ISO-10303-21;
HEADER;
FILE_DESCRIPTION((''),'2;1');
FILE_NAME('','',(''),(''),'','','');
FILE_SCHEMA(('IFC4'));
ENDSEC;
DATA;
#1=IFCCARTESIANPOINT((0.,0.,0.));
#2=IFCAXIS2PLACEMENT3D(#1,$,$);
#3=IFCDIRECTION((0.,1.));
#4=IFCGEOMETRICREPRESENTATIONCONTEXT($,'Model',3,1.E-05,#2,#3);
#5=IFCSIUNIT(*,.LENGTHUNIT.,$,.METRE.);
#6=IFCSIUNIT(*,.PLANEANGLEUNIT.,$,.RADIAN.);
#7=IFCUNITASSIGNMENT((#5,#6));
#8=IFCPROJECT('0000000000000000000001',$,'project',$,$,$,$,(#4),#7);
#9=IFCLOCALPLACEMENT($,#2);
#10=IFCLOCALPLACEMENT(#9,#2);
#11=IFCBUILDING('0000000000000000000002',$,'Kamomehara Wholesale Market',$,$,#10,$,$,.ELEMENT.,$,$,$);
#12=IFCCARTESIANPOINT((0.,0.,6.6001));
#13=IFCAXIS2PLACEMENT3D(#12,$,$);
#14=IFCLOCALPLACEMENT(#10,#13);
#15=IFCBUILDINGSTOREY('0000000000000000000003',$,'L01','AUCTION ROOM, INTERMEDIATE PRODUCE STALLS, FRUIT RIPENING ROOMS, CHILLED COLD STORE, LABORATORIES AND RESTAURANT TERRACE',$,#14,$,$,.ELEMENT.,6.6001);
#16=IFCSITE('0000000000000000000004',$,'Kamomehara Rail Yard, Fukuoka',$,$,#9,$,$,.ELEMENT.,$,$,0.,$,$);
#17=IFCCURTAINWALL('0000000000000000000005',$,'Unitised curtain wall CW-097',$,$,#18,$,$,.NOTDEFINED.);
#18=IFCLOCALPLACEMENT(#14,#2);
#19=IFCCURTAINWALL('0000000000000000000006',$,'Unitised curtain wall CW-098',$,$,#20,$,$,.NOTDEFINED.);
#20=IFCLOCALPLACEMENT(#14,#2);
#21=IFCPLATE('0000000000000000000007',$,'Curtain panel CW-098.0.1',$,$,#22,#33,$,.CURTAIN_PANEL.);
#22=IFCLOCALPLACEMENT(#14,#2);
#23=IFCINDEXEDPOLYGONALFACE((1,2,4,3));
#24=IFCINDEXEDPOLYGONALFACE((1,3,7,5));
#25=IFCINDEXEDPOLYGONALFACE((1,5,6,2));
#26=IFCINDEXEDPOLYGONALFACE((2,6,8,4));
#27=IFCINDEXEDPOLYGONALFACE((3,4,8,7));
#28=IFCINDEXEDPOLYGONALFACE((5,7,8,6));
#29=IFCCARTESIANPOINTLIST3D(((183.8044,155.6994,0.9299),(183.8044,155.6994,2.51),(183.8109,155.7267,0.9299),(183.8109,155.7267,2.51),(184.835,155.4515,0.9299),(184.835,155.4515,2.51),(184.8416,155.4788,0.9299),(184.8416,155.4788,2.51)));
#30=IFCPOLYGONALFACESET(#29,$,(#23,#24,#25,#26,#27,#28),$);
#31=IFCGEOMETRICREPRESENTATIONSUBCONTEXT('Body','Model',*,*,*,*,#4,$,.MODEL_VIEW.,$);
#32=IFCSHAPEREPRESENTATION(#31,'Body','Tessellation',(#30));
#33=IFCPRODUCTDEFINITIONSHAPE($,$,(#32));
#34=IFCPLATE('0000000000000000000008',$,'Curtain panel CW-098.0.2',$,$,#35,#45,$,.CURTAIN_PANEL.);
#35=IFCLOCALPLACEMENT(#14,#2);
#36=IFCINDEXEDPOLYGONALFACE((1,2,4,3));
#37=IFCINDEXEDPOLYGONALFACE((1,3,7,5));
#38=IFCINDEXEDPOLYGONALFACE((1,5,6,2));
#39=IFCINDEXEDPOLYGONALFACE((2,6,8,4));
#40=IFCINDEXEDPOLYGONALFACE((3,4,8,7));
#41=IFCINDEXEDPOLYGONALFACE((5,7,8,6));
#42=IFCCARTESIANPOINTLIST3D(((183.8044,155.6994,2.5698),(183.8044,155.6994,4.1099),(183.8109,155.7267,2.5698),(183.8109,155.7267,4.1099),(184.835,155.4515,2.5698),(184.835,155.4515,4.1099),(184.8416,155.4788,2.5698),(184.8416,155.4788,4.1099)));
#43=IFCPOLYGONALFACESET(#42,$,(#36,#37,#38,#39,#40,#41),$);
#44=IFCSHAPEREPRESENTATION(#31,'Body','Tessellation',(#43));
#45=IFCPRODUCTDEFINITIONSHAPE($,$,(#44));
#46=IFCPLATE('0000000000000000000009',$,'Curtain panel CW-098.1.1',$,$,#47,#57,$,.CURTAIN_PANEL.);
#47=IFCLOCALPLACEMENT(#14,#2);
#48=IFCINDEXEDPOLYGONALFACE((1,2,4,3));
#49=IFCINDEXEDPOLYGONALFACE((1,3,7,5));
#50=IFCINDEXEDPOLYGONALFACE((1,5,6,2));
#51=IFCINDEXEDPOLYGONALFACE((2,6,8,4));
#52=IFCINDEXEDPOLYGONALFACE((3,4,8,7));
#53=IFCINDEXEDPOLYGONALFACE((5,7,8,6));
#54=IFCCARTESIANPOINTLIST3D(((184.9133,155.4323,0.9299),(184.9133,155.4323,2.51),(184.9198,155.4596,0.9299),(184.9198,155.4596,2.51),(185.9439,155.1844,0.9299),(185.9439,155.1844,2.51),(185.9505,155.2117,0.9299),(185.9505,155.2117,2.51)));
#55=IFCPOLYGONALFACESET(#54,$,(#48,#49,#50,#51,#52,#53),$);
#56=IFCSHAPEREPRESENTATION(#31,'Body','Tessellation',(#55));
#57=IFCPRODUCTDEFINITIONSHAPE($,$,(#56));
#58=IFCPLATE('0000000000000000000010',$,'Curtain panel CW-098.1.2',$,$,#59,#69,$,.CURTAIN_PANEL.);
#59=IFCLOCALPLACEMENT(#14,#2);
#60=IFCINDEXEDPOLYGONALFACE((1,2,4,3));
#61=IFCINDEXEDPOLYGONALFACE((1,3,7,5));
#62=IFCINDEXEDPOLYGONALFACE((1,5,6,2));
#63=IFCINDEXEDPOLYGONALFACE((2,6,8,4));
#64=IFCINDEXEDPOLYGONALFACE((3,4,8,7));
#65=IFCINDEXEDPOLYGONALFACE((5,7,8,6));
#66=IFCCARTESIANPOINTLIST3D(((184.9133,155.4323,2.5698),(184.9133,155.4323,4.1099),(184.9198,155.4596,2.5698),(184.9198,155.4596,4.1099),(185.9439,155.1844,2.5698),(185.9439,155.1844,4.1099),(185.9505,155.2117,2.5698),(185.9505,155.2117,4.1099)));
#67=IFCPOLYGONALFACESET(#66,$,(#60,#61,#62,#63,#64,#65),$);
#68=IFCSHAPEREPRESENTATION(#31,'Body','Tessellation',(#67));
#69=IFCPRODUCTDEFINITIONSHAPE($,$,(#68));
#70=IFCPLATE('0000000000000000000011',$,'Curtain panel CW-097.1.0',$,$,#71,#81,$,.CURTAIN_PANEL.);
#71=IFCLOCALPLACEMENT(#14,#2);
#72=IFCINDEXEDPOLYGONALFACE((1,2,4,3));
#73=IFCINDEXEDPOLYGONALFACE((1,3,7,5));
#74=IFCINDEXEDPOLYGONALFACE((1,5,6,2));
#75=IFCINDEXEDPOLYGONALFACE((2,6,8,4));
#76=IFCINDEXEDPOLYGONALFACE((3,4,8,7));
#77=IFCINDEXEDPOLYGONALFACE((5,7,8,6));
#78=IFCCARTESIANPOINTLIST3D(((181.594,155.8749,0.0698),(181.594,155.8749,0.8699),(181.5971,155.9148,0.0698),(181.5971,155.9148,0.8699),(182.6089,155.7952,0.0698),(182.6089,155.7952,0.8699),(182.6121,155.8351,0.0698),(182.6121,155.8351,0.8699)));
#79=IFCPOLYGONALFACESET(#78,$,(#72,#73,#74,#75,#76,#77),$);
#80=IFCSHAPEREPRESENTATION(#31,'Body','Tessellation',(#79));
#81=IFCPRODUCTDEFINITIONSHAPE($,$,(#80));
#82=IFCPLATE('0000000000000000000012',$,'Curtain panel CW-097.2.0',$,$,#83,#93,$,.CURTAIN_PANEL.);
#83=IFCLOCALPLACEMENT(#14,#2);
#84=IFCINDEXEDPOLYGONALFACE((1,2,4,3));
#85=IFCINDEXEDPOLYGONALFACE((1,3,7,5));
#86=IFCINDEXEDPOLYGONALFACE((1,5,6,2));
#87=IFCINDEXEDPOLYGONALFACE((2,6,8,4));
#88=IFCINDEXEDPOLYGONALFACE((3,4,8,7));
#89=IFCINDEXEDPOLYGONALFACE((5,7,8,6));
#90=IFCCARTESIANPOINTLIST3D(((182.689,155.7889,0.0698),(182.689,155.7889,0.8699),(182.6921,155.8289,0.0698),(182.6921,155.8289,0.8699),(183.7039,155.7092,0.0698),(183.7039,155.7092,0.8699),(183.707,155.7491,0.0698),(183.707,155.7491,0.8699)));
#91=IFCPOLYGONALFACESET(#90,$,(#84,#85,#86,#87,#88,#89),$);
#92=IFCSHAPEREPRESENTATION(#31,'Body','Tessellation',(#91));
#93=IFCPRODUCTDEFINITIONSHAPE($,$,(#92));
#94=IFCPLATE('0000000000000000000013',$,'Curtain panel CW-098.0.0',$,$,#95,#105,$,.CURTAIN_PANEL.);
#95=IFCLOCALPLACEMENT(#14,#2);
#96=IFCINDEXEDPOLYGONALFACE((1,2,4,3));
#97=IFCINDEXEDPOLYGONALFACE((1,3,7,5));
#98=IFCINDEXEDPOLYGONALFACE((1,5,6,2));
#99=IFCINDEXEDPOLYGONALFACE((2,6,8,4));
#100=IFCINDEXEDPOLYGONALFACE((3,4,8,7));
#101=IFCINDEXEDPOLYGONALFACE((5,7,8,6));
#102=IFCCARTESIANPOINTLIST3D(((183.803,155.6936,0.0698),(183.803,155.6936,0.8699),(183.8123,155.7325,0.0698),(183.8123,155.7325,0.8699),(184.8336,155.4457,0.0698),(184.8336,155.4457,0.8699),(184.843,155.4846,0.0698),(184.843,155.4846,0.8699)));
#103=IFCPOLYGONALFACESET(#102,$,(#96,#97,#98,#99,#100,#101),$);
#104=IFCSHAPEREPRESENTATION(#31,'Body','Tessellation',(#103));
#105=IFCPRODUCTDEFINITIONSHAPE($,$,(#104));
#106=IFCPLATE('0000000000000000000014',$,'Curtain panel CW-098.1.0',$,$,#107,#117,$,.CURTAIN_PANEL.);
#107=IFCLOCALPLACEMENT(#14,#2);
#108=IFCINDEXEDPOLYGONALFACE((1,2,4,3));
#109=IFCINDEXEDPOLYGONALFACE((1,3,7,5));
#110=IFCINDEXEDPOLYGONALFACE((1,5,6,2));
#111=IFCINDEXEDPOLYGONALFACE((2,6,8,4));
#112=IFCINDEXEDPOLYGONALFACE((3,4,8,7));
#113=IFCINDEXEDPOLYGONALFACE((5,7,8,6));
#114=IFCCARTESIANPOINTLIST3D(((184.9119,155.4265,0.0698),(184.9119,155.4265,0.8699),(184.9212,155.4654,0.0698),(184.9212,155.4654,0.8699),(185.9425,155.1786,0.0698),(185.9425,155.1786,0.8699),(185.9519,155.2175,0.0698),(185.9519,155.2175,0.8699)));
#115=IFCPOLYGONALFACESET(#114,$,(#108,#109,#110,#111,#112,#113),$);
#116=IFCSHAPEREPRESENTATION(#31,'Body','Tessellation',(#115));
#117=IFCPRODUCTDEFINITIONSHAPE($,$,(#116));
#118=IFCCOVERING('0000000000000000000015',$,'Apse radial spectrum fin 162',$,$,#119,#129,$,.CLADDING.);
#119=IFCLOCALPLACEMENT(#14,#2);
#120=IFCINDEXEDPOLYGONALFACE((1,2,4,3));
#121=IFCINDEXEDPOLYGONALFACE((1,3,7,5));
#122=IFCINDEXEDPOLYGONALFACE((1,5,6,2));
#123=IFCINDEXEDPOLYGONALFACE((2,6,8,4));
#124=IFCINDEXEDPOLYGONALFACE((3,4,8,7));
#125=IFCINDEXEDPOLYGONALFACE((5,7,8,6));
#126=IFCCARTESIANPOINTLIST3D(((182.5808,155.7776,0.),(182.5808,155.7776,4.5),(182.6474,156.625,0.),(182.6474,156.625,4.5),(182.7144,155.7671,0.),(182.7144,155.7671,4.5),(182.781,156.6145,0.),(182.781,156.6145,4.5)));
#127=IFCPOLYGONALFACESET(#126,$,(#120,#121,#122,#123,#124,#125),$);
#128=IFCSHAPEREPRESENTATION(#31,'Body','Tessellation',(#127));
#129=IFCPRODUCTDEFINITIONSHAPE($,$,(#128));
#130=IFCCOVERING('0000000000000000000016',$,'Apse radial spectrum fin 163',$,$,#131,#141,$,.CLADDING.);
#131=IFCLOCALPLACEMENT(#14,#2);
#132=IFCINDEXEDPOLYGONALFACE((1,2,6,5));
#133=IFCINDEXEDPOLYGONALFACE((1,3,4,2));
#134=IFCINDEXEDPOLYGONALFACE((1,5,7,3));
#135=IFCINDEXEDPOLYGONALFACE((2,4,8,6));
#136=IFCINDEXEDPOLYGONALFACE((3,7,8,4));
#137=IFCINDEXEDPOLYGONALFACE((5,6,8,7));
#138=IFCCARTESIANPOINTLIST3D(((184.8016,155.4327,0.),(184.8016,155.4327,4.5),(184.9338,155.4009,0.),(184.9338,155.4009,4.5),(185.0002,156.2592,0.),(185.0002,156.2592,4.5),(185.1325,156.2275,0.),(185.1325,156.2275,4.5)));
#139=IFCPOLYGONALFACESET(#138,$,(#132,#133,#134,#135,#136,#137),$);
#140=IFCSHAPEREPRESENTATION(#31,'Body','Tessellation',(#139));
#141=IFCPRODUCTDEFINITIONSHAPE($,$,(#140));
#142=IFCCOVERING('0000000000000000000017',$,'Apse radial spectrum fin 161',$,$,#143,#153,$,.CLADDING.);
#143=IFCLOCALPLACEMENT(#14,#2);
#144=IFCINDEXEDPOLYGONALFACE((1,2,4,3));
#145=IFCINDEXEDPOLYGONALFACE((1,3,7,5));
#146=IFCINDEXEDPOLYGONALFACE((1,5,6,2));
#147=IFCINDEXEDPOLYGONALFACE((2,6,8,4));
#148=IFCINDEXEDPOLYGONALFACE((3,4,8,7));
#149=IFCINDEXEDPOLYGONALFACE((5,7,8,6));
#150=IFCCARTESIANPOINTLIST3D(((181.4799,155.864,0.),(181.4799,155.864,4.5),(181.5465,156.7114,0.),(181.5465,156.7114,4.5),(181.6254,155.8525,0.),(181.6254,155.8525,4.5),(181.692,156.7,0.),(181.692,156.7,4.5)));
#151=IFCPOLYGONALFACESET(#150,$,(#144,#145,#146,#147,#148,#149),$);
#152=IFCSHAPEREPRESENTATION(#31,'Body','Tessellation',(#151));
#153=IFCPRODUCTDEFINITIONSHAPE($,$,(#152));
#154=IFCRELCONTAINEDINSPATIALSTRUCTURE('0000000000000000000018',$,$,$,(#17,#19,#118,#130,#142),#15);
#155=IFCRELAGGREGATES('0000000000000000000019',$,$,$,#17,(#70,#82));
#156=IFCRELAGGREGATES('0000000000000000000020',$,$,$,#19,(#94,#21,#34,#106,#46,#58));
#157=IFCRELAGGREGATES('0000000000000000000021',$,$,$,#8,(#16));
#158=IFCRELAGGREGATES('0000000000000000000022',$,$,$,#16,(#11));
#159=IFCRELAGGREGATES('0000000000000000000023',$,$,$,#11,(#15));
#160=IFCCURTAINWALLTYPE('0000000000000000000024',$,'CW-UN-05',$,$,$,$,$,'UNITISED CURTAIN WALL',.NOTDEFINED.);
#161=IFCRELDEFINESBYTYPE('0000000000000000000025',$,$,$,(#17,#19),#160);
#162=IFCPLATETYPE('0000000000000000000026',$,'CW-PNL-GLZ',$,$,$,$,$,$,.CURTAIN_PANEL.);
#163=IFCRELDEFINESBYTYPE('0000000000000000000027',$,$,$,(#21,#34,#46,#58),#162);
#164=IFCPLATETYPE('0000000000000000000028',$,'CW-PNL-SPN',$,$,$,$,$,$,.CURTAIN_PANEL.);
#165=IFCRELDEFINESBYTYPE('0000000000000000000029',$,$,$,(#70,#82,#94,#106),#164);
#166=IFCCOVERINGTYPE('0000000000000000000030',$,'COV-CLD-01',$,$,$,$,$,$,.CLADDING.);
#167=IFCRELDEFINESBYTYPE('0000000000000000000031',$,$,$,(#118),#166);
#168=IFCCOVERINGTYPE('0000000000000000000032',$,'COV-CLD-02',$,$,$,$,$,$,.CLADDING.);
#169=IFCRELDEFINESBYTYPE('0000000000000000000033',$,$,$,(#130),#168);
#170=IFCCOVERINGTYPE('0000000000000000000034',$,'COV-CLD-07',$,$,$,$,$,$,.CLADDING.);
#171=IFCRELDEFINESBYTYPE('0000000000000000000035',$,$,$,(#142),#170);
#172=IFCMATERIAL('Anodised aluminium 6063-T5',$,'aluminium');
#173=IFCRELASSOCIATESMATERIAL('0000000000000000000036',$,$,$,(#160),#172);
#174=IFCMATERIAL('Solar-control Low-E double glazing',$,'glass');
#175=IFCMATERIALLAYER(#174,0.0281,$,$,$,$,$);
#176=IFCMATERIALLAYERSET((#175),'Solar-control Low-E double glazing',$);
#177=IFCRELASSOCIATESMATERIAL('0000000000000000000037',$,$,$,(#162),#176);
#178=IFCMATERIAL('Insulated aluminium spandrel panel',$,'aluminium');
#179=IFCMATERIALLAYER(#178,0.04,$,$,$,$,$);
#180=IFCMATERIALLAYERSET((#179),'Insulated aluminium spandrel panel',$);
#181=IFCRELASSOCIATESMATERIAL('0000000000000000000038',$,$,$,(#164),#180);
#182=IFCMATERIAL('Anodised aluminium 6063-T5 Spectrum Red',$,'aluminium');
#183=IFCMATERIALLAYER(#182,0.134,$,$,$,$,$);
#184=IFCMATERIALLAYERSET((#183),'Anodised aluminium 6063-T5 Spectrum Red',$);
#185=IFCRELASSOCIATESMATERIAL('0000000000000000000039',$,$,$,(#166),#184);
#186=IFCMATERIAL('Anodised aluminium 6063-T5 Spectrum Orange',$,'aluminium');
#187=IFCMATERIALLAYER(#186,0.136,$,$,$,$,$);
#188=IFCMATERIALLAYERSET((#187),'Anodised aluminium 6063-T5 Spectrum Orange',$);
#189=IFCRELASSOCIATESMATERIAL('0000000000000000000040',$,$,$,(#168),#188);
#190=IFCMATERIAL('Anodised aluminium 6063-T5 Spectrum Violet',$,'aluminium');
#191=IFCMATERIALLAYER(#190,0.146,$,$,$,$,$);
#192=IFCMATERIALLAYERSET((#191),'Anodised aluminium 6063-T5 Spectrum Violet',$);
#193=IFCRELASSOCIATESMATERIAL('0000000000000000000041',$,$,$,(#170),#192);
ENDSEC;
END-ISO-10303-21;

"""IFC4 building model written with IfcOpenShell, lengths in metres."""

from ifc_helpers import new_model, si_unit, direction, frame, origin, origin_2d, place, context, subcontext, project, spatial, rectangle, extrude, material, layer, layer_set, type_object, element, aggregate, save


model = new_model("IFC4")

# Units and contexts
model_context = context("Model", 3, precision=1e-05, world=origin(), true_north=direction((0.0, 1.0)))
body_context = subcontext(model_context, "Body", "Model", "MODEL_VIEW")
ifc_project = project(units=[si_unit("LENGTHUNIT", "METRE"), si_unit("PLANEANGLEUNIT", "RADIAN")], contexts=[model_context])

# Site, building, storey
site_placement = place(None, origin())
site = spatial("IfcSite", under=ifc_project, at=site_placement, Name="Kamomehara Rail Yard, Fukuoka", CompositionType="ELEMENT", RefElevation=0.0)
building_placement = place(site_placement, origin())
building = spatial("IfcBuilding", under=site, at=building_placement, Name="Kamomehara Wholesale Market", CompositionType="ELEMENT")
storey_placement = place(building_placement, frame((0.0, 0.0, 6.6001)))
storey = spatial("IfcBuildingStorey", under=building, at=storey_placement, Name="L01", Description="AUCTION ROOM, INTERMEDIATE PRODUCE STALLS, FRUIT RIPENING ROOMS, CHILLED COLD STORE, LABORATORIES AND RESTAURANT TERRACE", CompositionType="ELEMENT", Elevation=6.6001)

# Curtain walls
ifc_material_1 = material(Name="Anodised aluminium 6063-T5", Category="aluminium")
curtain_wall_type = type_object("IfcCurtainWallType", Name="CW-UN-05", ElementType="UNITISED CURTAIN WALL", PredefinedType="NOTDEFINED", material=ifc_material_1)
curtain_wall_1_placement = place(storey_placement, origin())
curtain_wall_1 = element("IfcCurtainWall", 1, at=curtain_wall_1_placement, inside=storey, type_object=curtain_wall_type, Name="Unitised curtain wall CW-097", PredefinedType="NOTDEFINED")
curtain_wall_2_placement = place(storey_placement, origin())
curtain_wall_2 = element("IfcCurtainWall", 2, at=curtain_wall_2_placement, inside=storey, type_object=curtain_wall_type, Name="Unitised curtain wall CW-098", PredefinedType="NOTDEFINED")

# Plates
ifc_material_2 = material(Name="Solar-control Low-E double glazing", Category="glass")
ifc_layer_1 = layer(ifc_material_2, 0.0281)
ifc_layer_set_1 = layer_set([ifc_layer_1], Name="Solar-control Low-E double glazing")
plate_type_1 = type_object("IfcPlateType", Name="CW-PNL-GLZ", PredefinedType="CURTAIN_PANEL", material=ifc_layer_set_1)
plate_1_placement = place(storey_placement, frame((184.323, 155.5891, 0.9299), z_axis=(0.0, 0.0, 1.0), x_axis=(0.972272, -0.233853, 0.0)))
plate_1 = element("IfcPlate", 3, at=plate_1_placement, type_object=plate_type_1, Name="Curtain panel CW-098.0.1", PredefinedType="CURTAIN_PANEL", context=body_context, shape_type="SweptSolid", body=[
    extrude(rectangle(XDim=1.0601, YDim=0.0281, at=origin_2d()), origin(), (0.0, 0.0, 1.0), 1.5801),
])
plate_2_placement = place(storey_placement, frame((184.323, 155.5891, 2.5698), z_axis=(0.0, 0.0, 1.0), x_axis=(0.972272, -0.233853, 0.0)))
plate_2 = element("IfcPlate", 4, at=plate_2_placement, type_object=plate_type_1, Name="Curtain panel CW-098.0.2", PredefinedType="CURTAIN_PANEL", context=body_context, shape_type="SweptSolid", body=[
    extrude(rectangle(XDim=1.0601, YDim=0.0281, at=origin_2d()), origin(), (0.0, 0.0, 1.0), 1.54),
])
plate_3_placement = place(storey_placement, frame((185.4319, 155.322, 0.9299), z_axis=(0.0, 0.0, 1.0), x_axis=(0.972272, -0.233853, 0.0)))
plate_3 = element("IfcPlate", 5, at=plate_3_placement, type_object=plate_type_1, Name="Curtain panel CW-098.1.1", PredefinedType="CURTAIN_PANEL", context=body_context, shape_type="SweptSolid", body=[
    extrude(rectangle(XDim=1.0601, YDim=0.0281, at=origin_2d()), origin(), (0.0, 0.0, 1.0), 1.5801),
])
plate_4_placement = place(storey_placement, frame((185.4319, 155.322, 2.5698), z_axis=(0.0, 0.0, 1.0), x_axis=(0.972272, -0.233853, 0.0)))
plate_4 = element("IfcPlate", 6, at=plate_4_placement, type_object=plate_type_1, Name="Curtain panel CW-098.1.2", PredefinedType="CURTAIN_PANEL", context=body_context, shape_type="SweptSolid", body=[
    extrude(rectangle(XDim=1.0601, YDim=0.0281, at=origin_2d()), origin(), (0.0, 0.0, 1.0), 1.54),
])
ifc_material_3 = material(Name="Insulated aluminium spandrel panel", Category="aluminium")
ifc_layer_2 = layer(ifc_material_3, 0.04)
ifc_layer_set_2 = layer_set([ifc_layer_2], Name="Insulated aluminium spandrel panel")
plate_type_2 = type_object("IfcPlateType", Name="CW-PNL-SPN", PredefinedType="CURTAIN_PANEL", material=ifc_layer_set_2)
plate_5_placement = place(storey_placement, frame((182.103, 155.855, 0.0698), z_axis=(0.0, 0.0, 1.0), x_axis=(0.99693, -0.078302, 0.0)))
plate_5 = element("IfcPlate", 7, at=plate_5_placement, type_object=plate_type_2, Name="Curtain panel CW-097.1.0", PredefinedType="CURTAIN_PANEL", context=body_context, shape_type="SweptSolid", body=[
    extrude(rectangle(XDim=1.0181, YDim=0.04, at=origin_2d()), origin(), (0.0, 0.0, 1.0), 0.8),
])
plate_6_placement = place(storey_placement, frame((183.198, 155.769, 0.0698), z_axis=(0.0, 0.0, 1.0), x_axis=(0.99693, -0.078302, 0.0)))
plate_6 = element("IfcPlate", 8, at=plate_6_placement, type_object=plate_type_2, Name="Curtain panel CW-097.2.0", PredefinedType="CURTAIN_PANEL", context=body_context, shape_type="SweptSolid", body=[
    extrude(rectangle(XDim=1.0181, YDim=0.04, at=origin_2d()), origin(), (0.0, 0.0, 1.0), 0.8),
])
aggregate(curtain_wall_1, [plate_5, plate_6])
plate_7_placement = place(storey_placement, frame((184.323, 155.5891, 0.0698), z_axis=(0.0, 0.0, 1.0), x_axis=(0.972272, -0.233853, 0.0)))
plate_7 = element("IfcPlate", 9, at=plate_7_placement, type_object=plate_type_2, Name="Curtain panel CW-098.0.0", PredefinedType="CURTAIN_PANEL", context=body_context, shape_type="SweptSolid", body=[
    extrude(rectangle(XDim=1.0601, YDim=0.04, at=origin_2d()), origin(), (0.0, 0.0, 1.0), 0.8),
])
plate_8_placement = place(storey_placement, frame((185.4319, 155.322, 0.0698), z_axis=(0.0, 0.0, 1.0), x_axis=(0.972272, -0.233853, 0.0)))
plate_8 = element("IfcPlate", 10, at=plate_8_placement, type_object=plate_type_2, Name="Curtain panel CW-098.1.0", PredefinedType="CURTAIN_PANEL", context=body_context, shape_type="SweptSolid", body=[
    extrude(rectangle(XDim=1.0601, YDim=0.04, at=origin_2d()), origin(), (0.0, 0.0, 1.0), 0.8),
])
aggregate(curtain_wall_2, [plate_7, plate_1, plate_2, plate_8, plate_3, plate_4])

# Coverings
ifc_material_4 = material(Name="Anodised aluminium 6063-T5 Spectrum Red", Category="aluminium")
ifc_layer_3 = layer(ifc_material_4, 0.134)
ifc_layer_set_3 = layer_set([ifc_layer_3], Name="Anodised aluminium 6063-T5 Spectrum Red")
covering_type_1 = type_object("IfcCoveringType", Name="COV-CLD-01", PredefinedType="CLADDING", material=ifc_layer_set_3)
covering_1_placement = place(storey_placement, frame((182.6809, 156.196, 0.0), z_axis=(0.0, 0.0, 1.0), x_axis=(0.996927, -0.078337, 0.0)))
element("IfcCovering", 11, at=covering_1_placement, inside=storey, type_object=covering_type_1, Name="Apse radial spectrum fin 162", PredefinedType="CLADDING", context=body_context, shape_type="SweptSolid", body=[
    extrude(rectangle(XDim=0.134, YDim=0.8501, at=origin_2d()), origin(), (0.0, 0.0, 1.0), 4.5),
])
ifc_material_5 = material(Name="Anodised aluminium 6063-T5 Spectrum Orange", Category="aluminium")
ifc_layer_4 = layer(ifc_material_5, 0.136)
ifc_layer_set_4 = layer_set([ifc_layer_4], Name="Anodised aluminium 6063-T5 Spectrum Orange")
covering_type_2 = type_object("IfcCoveringType", Name="COV-CLD-02", PredefinedType="CLADDING", material=ifc_layer_set_4)
covering_2_placement = place(storey_placement, frame((184.967, 155.8301, 0.0), z_axis=(0.0, 0.0, 1.0), x_axis=(0.972321, -0.233649, 0.0)))
element("IfcCovering", 12, at=covering_2_placement, inside=storey, type_object=covering_type_2, Name="Apse radial spectrum fin 163", PredefinedType="CLADDING", context=body_context, shape_type="SweptSolid", body=[
    extrude(rectangle(XDim=0.136, YDim=0.8501, at=origin_2d()), origin(), (0.0, 0.0, 1.0), 4.5),
])
ifc_material_6 = material(Name="Anodised aluminium 6063-T5 Spectrum Violet", Category="aluminium")
ifc_layer_5 = layer(ifc_material_6, 0.146)
ifc_layer_set_5 = layer_set([ifc_layer_5], Name="Anodised aluminium 6063-T5 Spectrum Violet")
covering_type_3 = type_object("IfcCoveringType", Name="COV-CLD-07", PredefinedType="CLADDING", material=ifc_layer_set_5)
covering_3_placement = place(storey_placement, frame((181.5859, 156.282, 0.0), z_axis=(0.0, 0.0, 1.0), x_axis=(0.996927, -0.078337, 0.0)))
element("IfcCovering", 13, at=covering_3_placement, inside=storey, type_object=covering_type_3, Name="Apse radial spectrum fin 161", PredefinedType="CLADDING", context=body_context, shape_type="SweptSolid", body=[
    extrude(rectangle(XDim=0.146, YDim=0.8501, at=origin_2d()), origin(), (0.0, 0.0, 1.0), 4.5),
])

save(model, "model.ifc")
